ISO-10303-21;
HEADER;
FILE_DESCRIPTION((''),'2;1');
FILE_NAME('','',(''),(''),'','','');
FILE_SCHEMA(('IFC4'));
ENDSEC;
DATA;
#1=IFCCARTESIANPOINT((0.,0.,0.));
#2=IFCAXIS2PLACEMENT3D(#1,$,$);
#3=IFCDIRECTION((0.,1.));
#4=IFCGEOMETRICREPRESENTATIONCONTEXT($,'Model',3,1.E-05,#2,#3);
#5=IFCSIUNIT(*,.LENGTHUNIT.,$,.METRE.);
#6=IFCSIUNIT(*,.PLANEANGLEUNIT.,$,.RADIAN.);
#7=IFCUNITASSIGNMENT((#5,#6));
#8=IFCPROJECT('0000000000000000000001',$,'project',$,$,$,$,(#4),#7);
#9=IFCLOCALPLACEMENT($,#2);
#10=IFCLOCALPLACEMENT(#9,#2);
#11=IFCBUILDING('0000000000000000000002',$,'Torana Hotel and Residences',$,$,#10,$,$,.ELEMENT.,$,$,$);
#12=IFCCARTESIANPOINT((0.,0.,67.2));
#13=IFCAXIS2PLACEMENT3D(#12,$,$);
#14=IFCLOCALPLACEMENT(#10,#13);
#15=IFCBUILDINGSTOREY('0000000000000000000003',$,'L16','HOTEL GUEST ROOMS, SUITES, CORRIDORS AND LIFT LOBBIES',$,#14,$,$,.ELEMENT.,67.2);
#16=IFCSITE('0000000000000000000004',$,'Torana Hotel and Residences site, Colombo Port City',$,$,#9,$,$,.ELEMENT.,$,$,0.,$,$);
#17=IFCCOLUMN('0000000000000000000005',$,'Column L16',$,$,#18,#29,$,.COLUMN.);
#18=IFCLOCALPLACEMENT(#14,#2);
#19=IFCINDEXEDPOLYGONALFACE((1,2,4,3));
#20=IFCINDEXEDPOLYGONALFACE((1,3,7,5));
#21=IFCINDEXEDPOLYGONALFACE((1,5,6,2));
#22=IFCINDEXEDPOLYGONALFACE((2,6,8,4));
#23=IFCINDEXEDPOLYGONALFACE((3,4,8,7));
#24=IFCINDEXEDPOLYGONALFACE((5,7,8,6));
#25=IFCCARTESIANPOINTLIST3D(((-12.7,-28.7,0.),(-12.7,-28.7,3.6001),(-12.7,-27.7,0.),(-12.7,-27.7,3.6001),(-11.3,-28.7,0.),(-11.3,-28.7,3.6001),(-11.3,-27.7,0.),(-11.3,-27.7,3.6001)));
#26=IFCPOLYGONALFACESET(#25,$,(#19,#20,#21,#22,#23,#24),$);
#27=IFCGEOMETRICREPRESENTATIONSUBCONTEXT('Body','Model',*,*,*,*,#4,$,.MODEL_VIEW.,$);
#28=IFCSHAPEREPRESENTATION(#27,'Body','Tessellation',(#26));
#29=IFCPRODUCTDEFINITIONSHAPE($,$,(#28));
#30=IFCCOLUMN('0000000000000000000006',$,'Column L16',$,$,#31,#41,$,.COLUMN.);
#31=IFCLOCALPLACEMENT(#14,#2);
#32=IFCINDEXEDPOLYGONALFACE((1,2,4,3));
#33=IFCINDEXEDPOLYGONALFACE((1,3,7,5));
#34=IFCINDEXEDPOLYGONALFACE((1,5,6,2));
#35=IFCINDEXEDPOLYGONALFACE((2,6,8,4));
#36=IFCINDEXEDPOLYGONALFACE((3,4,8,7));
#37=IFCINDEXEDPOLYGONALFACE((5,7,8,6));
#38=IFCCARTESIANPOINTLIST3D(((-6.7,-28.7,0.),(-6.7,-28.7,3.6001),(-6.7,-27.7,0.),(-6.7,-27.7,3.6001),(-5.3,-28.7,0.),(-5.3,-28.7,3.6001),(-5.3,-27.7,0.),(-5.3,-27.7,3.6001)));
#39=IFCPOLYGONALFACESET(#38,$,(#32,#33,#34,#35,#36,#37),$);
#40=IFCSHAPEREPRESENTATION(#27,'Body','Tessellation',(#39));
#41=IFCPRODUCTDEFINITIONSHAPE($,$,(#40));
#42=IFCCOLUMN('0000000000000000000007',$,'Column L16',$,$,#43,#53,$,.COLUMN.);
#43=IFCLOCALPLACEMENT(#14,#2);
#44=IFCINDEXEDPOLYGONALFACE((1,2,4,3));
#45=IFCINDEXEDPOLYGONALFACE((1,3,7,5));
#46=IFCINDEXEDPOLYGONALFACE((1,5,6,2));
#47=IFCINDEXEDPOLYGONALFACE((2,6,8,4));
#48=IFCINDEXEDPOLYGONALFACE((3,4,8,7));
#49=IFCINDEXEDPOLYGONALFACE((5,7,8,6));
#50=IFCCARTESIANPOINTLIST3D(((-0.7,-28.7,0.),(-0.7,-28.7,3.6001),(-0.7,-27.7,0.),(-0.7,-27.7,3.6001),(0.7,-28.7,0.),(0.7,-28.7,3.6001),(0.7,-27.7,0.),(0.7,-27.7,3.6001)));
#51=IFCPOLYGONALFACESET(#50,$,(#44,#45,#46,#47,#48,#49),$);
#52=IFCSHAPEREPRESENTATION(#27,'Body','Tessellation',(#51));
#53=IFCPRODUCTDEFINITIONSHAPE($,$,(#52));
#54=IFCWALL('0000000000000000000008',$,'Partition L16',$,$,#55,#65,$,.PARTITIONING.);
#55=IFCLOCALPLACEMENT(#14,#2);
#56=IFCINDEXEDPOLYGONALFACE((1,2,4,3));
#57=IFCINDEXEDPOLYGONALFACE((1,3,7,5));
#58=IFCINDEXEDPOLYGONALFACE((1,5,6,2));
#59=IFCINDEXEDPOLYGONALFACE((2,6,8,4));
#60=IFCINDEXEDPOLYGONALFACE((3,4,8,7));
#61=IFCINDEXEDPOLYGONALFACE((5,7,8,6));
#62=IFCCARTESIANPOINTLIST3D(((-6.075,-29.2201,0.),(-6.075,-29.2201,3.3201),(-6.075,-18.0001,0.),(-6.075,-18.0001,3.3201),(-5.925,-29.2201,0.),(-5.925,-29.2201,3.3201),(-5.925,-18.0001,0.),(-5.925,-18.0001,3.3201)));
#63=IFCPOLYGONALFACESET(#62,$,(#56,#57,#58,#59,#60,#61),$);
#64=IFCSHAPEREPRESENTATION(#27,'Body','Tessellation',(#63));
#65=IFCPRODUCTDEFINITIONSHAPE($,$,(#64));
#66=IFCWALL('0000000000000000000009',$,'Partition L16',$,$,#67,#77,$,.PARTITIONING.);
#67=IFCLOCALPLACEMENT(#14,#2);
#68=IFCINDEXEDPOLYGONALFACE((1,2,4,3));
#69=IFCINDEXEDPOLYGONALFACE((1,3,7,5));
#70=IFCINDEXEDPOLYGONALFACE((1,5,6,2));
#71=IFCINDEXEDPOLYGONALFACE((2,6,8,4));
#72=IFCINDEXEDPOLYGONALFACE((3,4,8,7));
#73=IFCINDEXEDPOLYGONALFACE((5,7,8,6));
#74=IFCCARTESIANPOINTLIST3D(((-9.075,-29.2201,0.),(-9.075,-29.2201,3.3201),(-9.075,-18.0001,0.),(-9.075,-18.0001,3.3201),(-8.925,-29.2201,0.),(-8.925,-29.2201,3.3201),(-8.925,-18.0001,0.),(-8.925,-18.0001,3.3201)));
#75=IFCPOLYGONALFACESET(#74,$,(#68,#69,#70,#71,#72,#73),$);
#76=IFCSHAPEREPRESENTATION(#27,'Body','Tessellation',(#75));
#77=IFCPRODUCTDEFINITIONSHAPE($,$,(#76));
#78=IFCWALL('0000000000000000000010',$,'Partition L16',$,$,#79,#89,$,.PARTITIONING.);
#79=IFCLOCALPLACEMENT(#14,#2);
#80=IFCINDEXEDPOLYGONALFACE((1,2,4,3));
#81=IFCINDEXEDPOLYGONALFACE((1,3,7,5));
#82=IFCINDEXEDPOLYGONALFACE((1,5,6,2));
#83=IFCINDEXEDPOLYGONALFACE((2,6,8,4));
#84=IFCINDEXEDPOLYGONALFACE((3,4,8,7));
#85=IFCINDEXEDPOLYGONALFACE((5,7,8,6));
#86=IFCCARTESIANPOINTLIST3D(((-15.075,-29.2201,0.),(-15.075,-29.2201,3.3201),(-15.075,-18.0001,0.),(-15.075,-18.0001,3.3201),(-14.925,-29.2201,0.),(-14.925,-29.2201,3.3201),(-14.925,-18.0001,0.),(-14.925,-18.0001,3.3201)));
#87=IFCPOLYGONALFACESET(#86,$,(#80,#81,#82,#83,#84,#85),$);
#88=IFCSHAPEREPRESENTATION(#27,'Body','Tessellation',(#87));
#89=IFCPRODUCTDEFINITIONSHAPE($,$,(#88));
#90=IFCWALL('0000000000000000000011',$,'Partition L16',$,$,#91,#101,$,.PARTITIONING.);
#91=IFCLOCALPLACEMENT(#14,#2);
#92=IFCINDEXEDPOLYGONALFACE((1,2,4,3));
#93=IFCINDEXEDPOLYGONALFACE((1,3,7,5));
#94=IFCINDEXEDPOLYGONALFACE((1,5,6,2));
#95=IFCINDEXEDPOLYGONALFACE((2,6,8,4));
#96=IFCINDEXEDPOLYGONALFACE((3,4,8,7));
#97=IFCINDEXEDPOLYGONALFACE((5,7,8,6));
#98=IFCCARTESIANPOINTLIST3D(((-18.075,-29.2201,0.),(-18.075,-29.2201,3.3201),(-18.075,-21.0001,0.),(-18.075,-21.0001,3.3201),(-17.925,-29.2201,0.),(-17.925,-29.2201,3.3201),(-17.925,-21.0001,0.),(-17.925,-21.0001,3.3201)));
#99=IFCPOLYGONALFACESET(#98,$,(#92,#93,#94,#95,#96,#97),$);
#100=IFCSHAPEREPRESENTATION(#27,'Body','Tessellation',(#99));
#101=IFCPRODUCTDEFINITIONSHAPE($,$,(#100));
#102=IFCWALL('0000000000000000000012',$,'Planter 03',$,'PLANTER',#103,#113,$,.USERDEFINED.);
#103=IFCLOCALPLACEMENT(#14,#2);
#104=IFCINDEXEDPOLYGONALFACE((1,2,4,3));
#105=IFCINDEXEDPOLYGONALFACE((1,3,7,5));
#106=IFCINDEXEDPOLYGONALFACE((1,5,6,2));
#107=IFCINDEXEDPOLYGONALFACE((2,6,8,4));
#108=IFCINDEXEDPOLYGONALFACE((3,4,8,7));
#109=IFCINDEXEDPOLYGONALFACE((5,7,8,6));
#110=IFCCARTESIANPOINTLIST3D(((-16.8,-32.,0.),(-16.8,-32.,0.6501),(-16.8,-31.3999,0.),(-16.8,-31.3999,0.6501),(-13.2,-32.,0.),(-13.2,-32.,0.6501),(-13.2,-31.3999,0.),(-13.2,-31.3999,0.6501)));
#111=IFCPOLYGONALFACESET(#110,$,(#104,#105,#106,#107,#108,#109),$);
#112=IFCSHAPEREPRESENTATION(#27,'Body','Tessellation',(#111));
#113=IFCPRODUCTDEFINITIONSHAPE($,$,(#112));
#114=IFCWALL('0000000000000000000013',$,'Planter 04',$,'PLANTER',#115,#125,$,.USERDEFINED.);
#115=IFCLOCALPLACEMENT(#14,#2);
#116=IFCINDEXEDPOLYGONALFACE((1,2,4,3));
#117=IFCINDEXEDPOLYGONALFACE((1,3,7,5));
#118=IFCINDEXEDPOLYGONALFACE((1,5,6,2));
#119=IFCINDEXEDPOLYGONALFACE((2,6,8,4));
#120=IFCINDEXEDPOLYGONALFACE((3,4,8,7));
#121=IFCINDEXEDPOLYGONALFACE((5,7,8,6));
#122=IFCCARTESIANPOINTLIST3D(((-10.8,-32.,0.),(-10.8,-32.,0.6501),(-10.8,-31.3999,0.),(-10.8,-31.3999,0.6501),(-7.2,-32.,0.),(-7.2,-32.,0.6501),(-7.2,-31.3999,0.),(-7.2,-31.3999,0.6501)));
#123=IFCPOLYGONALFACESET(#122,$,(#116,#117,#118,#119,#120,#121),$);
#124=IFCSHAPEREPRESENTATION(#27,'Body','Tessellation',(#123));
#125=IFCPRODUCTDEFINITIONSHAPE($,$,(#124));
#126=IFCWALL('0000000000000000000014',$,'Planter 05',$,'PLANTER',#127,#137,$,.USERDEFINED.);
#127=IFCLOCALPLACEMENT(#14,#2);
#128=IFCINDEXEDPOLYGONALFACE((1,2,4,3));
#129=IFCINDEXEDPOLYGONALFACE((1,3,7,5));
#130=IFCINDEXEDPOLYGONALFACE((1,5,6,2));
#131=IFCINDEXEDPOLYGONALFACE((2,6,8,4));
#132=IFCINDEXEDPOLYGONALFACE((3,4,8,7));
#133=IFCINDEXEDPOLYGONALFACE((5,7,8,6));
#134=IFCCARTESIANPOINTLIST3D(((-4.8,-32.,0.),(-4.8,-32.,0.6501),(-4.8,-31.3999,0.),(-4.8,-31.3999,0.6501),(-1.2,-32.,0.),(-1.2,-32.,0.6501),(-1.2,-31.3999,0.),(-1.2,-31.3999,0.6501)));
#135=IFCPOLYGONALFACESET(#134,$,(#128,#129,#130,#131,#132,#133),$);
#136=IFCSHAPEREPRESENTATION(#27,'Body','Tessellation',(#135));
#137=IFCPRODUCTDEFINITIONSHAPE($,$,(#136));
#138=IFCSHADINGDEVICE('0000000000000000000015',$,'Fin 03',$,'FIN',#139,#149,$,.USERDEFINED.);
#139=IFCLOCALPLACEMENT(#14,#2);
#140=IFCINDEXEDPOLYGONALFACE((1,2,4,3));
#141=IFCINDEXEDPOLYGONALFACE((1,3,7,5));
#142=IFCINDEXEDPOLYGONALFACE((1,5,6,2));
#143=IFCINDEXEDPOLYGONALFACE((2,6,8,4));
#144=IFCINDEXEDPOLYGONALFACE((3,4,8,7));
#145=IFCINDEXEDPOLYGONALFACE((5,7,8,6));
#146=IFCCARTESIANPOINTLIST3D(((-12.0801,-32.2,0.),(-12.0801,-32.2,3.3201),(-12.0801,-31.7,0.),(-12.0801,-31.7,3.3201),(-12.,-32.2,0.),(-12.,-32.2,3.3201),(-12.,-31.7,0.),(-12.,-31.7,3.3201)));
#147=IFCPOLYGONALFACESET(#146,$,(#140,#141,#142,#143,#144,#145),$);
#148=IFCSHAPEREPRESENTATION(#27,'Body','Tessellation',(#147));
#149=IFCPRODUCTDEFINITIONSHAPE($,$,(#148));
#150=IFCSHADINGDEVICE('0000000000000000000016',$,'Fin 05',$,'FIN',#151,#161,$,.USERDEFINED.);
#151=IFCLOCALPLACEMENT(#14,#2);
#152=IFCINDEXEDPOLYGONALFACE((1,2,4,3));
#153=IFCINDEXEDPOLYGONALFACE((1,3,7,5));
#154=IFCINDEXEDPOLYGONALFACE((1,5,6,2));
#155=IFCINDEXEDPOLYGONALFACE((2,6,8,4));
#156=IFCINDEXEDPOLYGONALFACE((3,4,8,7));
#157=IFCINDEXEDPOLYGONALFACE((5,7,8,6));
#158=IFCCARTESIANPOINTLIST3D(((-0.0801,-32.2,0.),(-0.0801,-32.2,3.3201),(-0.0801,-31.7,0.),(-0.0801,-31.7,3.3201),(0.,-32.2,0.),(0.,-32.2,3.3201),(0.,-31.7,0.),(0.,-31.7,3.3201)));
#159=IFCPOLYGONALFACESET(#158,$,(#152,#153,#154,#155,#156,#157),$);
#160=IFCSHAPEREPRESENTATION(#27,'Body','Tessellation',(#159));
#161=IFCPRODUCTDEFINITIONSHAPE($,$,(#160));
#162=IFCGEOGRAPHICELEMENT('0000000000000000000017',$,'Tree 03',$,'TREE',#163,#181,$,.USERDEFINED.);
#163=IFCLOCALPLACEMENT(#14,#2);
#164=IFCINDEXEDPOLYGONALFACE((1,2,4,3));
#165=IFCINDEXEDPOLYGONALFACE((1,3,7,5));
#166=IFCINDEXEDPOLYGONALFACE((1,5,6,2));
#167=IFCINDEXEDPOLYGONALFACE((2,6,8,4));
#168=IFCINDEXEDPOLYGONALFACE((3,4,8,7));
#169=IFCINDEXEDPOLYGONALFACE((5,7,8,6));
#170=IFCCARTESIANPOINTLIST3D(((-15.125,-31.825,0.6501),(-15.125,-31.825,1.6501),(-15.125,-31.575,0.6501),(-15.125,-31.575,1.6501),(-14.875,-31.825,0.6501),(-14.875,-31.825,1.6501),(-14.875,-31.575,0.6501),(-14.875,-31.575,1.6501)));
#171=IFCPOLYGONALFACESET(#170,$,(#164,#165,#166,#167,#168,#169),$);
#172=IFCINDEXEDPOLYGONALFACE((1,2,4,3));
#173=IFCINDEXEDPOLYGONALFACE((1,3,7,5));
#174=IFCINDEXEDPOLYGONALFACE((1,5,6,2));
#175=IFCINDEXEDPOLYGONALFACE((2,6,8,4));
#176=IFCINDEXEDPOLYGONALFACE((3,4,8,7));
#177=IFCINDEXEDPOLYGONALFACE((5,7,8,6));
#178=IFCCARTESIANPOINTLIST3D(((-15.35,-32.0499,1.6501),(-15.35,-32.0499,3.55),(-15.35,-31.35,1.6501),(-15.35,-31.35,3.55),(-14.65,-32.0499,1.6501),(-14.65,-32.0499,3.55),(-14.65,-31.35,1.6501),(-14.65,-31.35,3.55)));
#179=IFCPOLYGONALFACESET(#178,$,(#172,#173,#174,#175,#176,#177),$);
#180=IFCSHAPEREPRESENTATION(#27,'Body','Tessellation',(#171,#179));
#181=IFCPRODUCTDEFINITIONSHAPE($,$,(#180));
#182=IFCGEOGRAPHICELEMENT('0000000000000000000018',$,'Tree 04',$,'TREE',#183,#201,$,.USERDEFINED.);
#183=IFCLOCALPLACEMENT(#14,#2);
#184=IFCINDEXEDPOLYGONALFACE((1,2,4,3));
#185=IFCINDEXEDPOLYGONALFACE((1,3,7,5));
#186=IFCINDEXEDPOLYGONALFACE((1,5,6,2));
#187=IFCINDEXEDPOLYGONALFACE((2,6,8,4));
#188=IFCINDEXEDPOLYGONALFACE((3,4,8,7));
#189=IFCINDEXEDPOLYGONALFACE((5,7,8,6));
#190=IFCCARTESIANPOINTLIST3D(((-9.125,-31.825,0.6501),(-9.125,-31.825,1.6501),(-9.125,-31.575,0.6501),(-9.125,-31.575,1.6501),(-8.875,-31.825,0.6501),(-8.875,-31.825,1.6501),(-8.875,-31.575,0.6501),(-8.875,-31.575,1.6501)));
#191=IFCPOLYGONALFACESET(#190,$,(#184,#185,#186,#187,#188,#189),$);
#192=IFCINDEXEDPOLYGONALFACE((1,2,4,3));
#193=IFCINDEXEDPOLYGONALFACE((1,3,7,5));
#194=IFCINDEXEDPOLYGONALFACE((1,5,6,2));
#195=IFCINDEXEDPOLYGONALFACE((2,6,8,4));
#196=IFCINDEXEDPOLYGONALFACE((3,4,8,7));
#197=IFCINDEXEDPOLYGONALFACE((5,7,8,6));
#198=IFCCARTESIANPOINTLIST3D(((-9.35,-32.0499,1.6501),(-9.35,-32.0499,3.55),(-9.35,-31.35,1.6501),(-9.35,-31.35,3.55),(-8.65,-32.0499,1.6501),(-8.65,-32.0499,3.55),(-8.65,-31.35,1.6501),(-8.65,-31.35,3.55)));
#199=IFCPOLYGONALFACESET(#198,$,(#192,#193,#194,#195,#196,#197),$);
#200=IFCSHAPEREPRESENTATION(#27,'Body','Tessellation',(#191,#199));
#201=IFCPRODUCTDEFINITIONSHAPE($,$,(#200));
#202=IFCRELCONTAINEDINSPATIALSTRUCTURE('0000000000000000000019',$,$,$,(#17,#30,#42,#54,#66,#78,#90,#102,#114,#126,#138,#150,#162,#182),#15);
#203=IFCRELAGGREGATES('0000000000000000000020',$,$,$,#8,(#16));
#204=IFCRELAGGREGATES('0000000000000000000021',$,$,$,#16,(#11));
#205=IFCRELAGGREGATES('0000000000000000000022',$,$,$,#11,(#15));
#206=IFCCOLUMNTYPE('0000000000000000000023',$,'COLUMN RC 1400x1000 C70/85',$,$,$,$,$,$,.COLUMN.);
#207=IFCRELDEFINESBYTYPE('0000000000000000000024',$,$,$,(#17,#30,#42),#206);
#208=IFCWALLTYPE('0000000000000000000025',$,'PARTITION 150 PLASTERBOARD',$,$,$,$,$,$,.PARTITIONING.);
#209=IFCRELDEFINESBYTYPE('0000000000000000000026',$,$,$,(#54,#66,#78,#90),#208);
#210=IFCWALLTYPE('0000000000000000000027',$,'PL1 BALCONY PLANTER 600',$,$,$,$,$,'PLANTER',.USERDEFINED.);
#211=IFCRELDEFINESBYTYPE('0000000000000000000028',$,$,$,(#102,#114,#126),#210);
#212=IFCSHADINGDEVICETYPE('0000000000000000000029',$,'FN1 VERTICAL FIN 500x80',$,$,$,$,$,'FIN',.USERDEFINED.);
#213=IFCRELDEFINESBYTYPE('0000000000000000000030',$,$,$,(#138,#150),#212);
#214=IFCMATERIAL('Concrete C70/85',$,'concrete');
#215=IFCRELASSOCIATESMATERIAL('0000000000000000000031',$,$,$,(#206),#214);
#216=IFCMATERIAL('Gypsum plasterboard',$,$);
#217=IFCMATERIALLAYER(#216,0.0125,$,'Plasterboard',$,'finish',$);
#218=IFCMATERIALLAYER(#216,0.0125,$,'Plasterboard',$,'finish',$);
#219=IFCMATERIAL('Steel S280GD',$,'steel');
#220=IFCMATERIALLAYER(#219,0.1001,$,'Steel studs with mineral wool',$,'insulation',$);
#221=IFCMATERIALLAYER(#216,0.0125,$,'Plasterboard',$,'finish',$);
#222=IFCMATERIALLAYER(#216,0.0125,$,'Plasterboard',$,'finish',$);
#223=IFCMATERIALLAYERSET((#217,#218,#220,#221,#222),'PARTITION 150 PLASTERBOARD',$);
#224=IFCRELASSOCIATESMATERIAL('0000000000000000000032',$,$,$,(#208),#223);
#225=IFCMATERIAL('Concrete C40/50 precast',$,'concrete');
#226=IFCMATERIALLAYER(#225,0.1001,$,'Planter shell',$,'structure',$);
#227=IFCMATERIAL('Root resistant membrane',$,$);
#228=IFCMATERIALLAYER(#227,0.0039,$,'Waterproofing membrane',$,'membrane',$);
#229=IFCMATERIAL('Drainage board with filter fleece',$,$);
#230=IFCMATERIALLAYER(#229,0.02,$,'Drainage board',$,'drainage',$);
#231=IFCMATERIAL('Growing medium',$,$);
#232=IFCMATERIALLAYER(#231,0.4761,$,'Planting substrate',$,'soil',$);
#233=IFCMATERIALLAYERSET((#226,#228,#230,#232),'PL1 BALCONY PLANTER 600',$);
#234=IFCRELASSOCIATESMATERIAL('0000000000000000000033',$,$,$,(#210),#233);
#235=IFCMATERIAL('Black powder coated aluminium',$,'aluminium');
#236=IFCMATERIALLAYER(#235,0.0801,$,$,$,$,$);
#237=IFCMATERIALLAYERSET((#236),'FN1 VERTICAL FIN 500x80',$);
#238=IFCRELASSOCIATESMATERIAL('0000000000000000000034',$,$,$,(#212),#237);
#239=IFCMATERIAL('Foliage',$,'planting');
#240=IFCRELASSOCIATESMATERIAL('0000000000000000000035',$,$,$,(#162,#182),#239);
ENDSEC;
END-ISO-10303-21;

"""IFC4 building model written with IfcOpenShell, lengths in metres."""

from ifc_helpers import new_model, si_unit, direction, frame, frame_2d, origin, origin_2d, place, context, subcontext, project, spatial, rectangle, extrude, material, layer, layer_set, material_profile, profile_set, type_object, element, save


model = new_model("IFC4")

# Units and contexts
model_context = context("Model", 3, precision=1e-05, world=origin(), true_north=direction((0.0, 1.0)))
body_context = subcontext(model_context, "Body", "Model", "MODEL_VIEW")
ifc_project = project(units=[si_unit("LENGTHUNIT", "METRE"), si_unit("PLANEANGLEUNIT", "RADIAN")], contexts=[model_context])

# Site, building, storey
site_placement = place(None, origin())
site = spatial("IfcSite", under=ifc_project, at=site_placement, Name="Torana Hotel and Residences site, Colombo Port City", CompositionType="ELEMENT", RefElevation=0.0)
building_placement = place(site_placement, origin())
building = spatial("IfcBuilding", under=site, at=building_placement, Name="Torana Hotel and Residences", CompositionType="ELEMENT")
storey_placement = place(building_placement, frame((0.0, 0.0, 67.2)))
storey = spatial("IfcBuildingStorey", under=building, at=storey_placement, Name="L16", Description="HOTEL GUEST ROOMS, SUITES, CORRIDORS AND LIFT LOBBIES", CompositionType="ELEMENT", Elevation=67.2)

# Columns
ifc_material_1 = material(Name="Concrete C70/85", Category="concrete")
ifc_material_profile = material_profile(ifc_material_1, rectangle(XDim=1.3999, YDim=1.0, at=origin_2d()), Name="RC 1400x1000")
ifc_profile_set = profile_set([ifc_material_profile], Name="Concrete C70/85")
column_type = type_object("IfcColumnType", Name="COLUMN RC 1400x1000 C70/85", PredefinedType="COLUMN", material=ifc_profile_set)
for number, where, z_axis, x_axis, name in (
    (1, (-12.0, -28.2, 0.0), (0.0, 0.0, 1.0), (1.0, 0.0, 0.0), "Column L16"),
    (2, (-6.0, -28.2, 0.0), (0.0, 0.0, 1.0), (1.0, 0.0, 0.0), "Column L16"),
    (3, (0.0, -28.2, 0.0), (0.0, 0.0, 1.0), (1.0, 0.0, 0.0), "Column L16"),
):
    element("IfcColumn", number, at=place(storey_placement, frame(where, z_axis=z_axis, x_axis=x_axis)), inside=storey, type_object=column_type, Name=name, PredefinedType="COLUMN", context=body_context, shape_type="SweptSolid", body=[
        extrude(rectangle(XDim=1.3999, YDim=1.0, at=origin_2d()), origin(), (0.0, 0.0, 1.0), 3.6001),
    ])

# Walls
ifc_material_2 = material(Name="Gypsum plasterboard")
ifc_layer_1 = layer(ifc_material_2, 0.0125, Name="Plasterboard", Category="finish")
ifc_layer_2 = layer(ifc_material_2, 0.0125, Name="Plasterboard", Category="finish")
ifc_material_3 = material(Name="Steel S280GD", Category="steel")
ifc_layer_3 = layer(ifc_material_3, 0.1001, Name="Steel studs with mineral wool", Category="insulation")
ifc_layer_4 = layer(ifc_material_2, 0.0125, Name="Plasterboard", Category="finish")
ifc_layer_5 = layer(ifc_material_2, 0.0125, Name="Plasterboard", Category="finish")
ifc_layer_set_1 = layer_set([ifc_layer_1, ifc_layer_2, ifc_layer_3, ifc_layer_4, ifc_layer_5], Name="PARTITION 150 PLASTERBOARD")
wall_type_1 = type_object("IfcWallType", Name="PARTITION 150 PLASTERBOARD", PredefinedType="PARTITIONING", material=ifc_layer_set_1)
for number, where, z_axis, x_axis, name in (
    (4, (-6.0, -29.22, 0.0), (0.0, 0.0, 1.0), (0.0, 1.0, 0.0), "Partition L16"),
    (5, (-9.0, -29.22, 0.0), (0.0, 0.0, 1.0), (0.0, 1.0, 0.0), "Partition L16"),
    (6, (-15.0, -29.22, 0.0), (0.0, 0.0, 1.0), (0.0, 1.0, 0.0), "Partition L16"),
):
    element("IfcWall", number, at=place(storey_placement, frame(where, z_axis=z_axis, x_axis=x_axis)), inside=storey, type_object=wall_type_1, Name=name, PredefinedType="PARTITIONING", context=body_context, shape_type="SweptSolid", body=[
        extrude(rectangle(XDim=11.22, YDim=0.1499, at=frame_2d((5.6099, 0.0))), origin(), (0.0, 0.0, 1.0), 3.3201),
    ])
wall_placement = place(storey_placement, frame((-18.0, -29.22, 0.0), z_axis=(0.0, 0.0, 1.0), x_axis=(0.0, 1.0, 0.0)))
element("IfcWall", 7, at=wall_placement, inside=storey, type_object=wall_type_1, Name="Partition L16", PredefinedType="PARTITIONING", context=body_context, shape_type="SweptSolid", body=[
    extrude(rectangle(XDim=8.22, YDim=0.1499, at=frame_2d((4.1099, 0.0))), origin(), (0.0, 0.0, 1.0), 3.3201),
])
ifc_material_4 = material(Name="Concrete C40/50 precast", Category="concrete")
ifc_layer_6 = layer(ifc_material_4, 0.1001, Name="Planter shell", Category="structure")
ifc_material_5 = material(Name="Root resistant membrane")
ifc_layer_7 = layer(ifc_material_5, 0.0039, Name="Waterproofing membrane", Category="membrane")
ifc_material_6 = material(Name="Drainage board with filter fleece")
ifc_layer_8 = layer(ifc_material_6, 0.02, Name="Drainage board", Category="drainage")
ifc_material_7 = material(Name="Growing medium")
ifc_layer_9 = layer(ifc_material_7, 0.4761, Name="Planting substrate", Category="soil")
ifc_layer_set_2 = layer_set([ifc_layer_6, ifc_layer_7, ifc_layer_8, ifc_layer_9], Name="PL1 BALCONY PLANTER 600")
wall_type_2 = type_object("IfcWallType", Name="PL1 BALCONY PLANTER 600", ElementType="PLANTER", PredefinedType="USERDEFINED", material=ifc_layer_set_2)
for number, where, z_axis, x_axis, name in (
    (8, (-13.2, -31.7, 0.0), (0.0, 0.0, 1.0), (-1.0, 0.0, 0.0), "Planter 03"),
    (9, (-7.2, -31.7, 0.0), (0.0, 0.0, 1.0), (-1.0, 0.0, 0.0), "Planter 04"),
    (10, (-1.2, -31.7, 0.0), (0.0, 0.0, 1.0), (-1.0, 0.0, 0.0), "Planter 05"),
):
    element("IfcWall", number, at=place(storey_placement, frame(where, z_axis=z_axis, x_axis=x_axis)), inside=storey, type_object=wall_type_2, Name=name, ObjectType="PLANTER", PredefinedType="USERDEFINED", context=body_context, shape_type="SweptSolid", body=[
        extrude(rectangle(XDim=3.6001, YDim=0.6001, at=frame_2d((1.8, 0.0))), origin(), (0.0, 0.0, 1.0), 0.6501),
    ])

# Shading devices
ifc_material_8 = material(Name="Black powder coated aluminium", Category="aluminium")
ifc_layer_10 = layer(ifc_material_8, 0.0801)
ifc_layer_set_3 = layer_set([ifc_layer_10], Name="FN1 VERTICAL FIN 500x80")
shading_device_type = type_object("IfcShadingDeviceType", Name="FN1 VERTICAL FIN 500x80", ElementType="FIN", PredefinedType="USERDEFINED", material=ifc_layer_set_3)
for number, where, z_axis, x_axis, name in (
    (11, (-12.04, -31.95, 0.0), (0.0, 0.0, 1.0), (-1.0, 0.0, 0.0), "Fin 03"),
    (12, (-0.04, -31.95, 0.0), (0.0, 0.0, 1.0), (-1.0, 0.0, 0.0), "Fin 05"),
):
    element("IfcShadingDevice", number, at=place(storey_placement, frame(where, z_axis=z_axis, x_axis=x_axis)), inside=storey, type_object=shading_device_type, Name=name, ObjectType="FIN", PredefinedType="USERDEFINED", context=body_context, shape_type="SweptSolid", body=[
        extrude(rectangle(XDim=0.0801, YDim=0.5, at=origin_2d()), origin(), (0.0, 0.0, 1.0), 3.3201),
    ])

# Geographic elements
ifc_material_9 = material(Name="Foliage", Category="planting")
for number, where, z_axis, x_axis, name in (
    (13, (-15.0, -31.7, 0.6501), (0.0, 0.0, 1.0), (1.0, 0.0, 0.0), "Tree 03"),
    (14, (-9.0, -31.7, 0.6501), (0.0, 0.0, 1.0), (1.0, 0.0, 0.0), "Tree 04"),
):
    element("IfcGeographicElement", number, at=place(storey_placement, frame(where, z_axis=z_axis, x_axis=x_axis)), inside=storey, material=ifc_material_9, Name=name, ObjectType="TREE", PredefinedType="USERDEFINED", context=body_context, shape_type="SweptSolid", body=[
        extrude(rectangle(XDim=0.25, YDim=0.25, at=origin_2d()), origin(), (0.0, 0.0, 1.0), 1.0),
        extrude(rectangle(XDim=0.7, YDim=0.7, at=origin_2d()), frame((0.0, 0.0, 1.0)), (0.0, 0.0, 1.0), 1.8999),
    ])

save(model, "model.ifc")
